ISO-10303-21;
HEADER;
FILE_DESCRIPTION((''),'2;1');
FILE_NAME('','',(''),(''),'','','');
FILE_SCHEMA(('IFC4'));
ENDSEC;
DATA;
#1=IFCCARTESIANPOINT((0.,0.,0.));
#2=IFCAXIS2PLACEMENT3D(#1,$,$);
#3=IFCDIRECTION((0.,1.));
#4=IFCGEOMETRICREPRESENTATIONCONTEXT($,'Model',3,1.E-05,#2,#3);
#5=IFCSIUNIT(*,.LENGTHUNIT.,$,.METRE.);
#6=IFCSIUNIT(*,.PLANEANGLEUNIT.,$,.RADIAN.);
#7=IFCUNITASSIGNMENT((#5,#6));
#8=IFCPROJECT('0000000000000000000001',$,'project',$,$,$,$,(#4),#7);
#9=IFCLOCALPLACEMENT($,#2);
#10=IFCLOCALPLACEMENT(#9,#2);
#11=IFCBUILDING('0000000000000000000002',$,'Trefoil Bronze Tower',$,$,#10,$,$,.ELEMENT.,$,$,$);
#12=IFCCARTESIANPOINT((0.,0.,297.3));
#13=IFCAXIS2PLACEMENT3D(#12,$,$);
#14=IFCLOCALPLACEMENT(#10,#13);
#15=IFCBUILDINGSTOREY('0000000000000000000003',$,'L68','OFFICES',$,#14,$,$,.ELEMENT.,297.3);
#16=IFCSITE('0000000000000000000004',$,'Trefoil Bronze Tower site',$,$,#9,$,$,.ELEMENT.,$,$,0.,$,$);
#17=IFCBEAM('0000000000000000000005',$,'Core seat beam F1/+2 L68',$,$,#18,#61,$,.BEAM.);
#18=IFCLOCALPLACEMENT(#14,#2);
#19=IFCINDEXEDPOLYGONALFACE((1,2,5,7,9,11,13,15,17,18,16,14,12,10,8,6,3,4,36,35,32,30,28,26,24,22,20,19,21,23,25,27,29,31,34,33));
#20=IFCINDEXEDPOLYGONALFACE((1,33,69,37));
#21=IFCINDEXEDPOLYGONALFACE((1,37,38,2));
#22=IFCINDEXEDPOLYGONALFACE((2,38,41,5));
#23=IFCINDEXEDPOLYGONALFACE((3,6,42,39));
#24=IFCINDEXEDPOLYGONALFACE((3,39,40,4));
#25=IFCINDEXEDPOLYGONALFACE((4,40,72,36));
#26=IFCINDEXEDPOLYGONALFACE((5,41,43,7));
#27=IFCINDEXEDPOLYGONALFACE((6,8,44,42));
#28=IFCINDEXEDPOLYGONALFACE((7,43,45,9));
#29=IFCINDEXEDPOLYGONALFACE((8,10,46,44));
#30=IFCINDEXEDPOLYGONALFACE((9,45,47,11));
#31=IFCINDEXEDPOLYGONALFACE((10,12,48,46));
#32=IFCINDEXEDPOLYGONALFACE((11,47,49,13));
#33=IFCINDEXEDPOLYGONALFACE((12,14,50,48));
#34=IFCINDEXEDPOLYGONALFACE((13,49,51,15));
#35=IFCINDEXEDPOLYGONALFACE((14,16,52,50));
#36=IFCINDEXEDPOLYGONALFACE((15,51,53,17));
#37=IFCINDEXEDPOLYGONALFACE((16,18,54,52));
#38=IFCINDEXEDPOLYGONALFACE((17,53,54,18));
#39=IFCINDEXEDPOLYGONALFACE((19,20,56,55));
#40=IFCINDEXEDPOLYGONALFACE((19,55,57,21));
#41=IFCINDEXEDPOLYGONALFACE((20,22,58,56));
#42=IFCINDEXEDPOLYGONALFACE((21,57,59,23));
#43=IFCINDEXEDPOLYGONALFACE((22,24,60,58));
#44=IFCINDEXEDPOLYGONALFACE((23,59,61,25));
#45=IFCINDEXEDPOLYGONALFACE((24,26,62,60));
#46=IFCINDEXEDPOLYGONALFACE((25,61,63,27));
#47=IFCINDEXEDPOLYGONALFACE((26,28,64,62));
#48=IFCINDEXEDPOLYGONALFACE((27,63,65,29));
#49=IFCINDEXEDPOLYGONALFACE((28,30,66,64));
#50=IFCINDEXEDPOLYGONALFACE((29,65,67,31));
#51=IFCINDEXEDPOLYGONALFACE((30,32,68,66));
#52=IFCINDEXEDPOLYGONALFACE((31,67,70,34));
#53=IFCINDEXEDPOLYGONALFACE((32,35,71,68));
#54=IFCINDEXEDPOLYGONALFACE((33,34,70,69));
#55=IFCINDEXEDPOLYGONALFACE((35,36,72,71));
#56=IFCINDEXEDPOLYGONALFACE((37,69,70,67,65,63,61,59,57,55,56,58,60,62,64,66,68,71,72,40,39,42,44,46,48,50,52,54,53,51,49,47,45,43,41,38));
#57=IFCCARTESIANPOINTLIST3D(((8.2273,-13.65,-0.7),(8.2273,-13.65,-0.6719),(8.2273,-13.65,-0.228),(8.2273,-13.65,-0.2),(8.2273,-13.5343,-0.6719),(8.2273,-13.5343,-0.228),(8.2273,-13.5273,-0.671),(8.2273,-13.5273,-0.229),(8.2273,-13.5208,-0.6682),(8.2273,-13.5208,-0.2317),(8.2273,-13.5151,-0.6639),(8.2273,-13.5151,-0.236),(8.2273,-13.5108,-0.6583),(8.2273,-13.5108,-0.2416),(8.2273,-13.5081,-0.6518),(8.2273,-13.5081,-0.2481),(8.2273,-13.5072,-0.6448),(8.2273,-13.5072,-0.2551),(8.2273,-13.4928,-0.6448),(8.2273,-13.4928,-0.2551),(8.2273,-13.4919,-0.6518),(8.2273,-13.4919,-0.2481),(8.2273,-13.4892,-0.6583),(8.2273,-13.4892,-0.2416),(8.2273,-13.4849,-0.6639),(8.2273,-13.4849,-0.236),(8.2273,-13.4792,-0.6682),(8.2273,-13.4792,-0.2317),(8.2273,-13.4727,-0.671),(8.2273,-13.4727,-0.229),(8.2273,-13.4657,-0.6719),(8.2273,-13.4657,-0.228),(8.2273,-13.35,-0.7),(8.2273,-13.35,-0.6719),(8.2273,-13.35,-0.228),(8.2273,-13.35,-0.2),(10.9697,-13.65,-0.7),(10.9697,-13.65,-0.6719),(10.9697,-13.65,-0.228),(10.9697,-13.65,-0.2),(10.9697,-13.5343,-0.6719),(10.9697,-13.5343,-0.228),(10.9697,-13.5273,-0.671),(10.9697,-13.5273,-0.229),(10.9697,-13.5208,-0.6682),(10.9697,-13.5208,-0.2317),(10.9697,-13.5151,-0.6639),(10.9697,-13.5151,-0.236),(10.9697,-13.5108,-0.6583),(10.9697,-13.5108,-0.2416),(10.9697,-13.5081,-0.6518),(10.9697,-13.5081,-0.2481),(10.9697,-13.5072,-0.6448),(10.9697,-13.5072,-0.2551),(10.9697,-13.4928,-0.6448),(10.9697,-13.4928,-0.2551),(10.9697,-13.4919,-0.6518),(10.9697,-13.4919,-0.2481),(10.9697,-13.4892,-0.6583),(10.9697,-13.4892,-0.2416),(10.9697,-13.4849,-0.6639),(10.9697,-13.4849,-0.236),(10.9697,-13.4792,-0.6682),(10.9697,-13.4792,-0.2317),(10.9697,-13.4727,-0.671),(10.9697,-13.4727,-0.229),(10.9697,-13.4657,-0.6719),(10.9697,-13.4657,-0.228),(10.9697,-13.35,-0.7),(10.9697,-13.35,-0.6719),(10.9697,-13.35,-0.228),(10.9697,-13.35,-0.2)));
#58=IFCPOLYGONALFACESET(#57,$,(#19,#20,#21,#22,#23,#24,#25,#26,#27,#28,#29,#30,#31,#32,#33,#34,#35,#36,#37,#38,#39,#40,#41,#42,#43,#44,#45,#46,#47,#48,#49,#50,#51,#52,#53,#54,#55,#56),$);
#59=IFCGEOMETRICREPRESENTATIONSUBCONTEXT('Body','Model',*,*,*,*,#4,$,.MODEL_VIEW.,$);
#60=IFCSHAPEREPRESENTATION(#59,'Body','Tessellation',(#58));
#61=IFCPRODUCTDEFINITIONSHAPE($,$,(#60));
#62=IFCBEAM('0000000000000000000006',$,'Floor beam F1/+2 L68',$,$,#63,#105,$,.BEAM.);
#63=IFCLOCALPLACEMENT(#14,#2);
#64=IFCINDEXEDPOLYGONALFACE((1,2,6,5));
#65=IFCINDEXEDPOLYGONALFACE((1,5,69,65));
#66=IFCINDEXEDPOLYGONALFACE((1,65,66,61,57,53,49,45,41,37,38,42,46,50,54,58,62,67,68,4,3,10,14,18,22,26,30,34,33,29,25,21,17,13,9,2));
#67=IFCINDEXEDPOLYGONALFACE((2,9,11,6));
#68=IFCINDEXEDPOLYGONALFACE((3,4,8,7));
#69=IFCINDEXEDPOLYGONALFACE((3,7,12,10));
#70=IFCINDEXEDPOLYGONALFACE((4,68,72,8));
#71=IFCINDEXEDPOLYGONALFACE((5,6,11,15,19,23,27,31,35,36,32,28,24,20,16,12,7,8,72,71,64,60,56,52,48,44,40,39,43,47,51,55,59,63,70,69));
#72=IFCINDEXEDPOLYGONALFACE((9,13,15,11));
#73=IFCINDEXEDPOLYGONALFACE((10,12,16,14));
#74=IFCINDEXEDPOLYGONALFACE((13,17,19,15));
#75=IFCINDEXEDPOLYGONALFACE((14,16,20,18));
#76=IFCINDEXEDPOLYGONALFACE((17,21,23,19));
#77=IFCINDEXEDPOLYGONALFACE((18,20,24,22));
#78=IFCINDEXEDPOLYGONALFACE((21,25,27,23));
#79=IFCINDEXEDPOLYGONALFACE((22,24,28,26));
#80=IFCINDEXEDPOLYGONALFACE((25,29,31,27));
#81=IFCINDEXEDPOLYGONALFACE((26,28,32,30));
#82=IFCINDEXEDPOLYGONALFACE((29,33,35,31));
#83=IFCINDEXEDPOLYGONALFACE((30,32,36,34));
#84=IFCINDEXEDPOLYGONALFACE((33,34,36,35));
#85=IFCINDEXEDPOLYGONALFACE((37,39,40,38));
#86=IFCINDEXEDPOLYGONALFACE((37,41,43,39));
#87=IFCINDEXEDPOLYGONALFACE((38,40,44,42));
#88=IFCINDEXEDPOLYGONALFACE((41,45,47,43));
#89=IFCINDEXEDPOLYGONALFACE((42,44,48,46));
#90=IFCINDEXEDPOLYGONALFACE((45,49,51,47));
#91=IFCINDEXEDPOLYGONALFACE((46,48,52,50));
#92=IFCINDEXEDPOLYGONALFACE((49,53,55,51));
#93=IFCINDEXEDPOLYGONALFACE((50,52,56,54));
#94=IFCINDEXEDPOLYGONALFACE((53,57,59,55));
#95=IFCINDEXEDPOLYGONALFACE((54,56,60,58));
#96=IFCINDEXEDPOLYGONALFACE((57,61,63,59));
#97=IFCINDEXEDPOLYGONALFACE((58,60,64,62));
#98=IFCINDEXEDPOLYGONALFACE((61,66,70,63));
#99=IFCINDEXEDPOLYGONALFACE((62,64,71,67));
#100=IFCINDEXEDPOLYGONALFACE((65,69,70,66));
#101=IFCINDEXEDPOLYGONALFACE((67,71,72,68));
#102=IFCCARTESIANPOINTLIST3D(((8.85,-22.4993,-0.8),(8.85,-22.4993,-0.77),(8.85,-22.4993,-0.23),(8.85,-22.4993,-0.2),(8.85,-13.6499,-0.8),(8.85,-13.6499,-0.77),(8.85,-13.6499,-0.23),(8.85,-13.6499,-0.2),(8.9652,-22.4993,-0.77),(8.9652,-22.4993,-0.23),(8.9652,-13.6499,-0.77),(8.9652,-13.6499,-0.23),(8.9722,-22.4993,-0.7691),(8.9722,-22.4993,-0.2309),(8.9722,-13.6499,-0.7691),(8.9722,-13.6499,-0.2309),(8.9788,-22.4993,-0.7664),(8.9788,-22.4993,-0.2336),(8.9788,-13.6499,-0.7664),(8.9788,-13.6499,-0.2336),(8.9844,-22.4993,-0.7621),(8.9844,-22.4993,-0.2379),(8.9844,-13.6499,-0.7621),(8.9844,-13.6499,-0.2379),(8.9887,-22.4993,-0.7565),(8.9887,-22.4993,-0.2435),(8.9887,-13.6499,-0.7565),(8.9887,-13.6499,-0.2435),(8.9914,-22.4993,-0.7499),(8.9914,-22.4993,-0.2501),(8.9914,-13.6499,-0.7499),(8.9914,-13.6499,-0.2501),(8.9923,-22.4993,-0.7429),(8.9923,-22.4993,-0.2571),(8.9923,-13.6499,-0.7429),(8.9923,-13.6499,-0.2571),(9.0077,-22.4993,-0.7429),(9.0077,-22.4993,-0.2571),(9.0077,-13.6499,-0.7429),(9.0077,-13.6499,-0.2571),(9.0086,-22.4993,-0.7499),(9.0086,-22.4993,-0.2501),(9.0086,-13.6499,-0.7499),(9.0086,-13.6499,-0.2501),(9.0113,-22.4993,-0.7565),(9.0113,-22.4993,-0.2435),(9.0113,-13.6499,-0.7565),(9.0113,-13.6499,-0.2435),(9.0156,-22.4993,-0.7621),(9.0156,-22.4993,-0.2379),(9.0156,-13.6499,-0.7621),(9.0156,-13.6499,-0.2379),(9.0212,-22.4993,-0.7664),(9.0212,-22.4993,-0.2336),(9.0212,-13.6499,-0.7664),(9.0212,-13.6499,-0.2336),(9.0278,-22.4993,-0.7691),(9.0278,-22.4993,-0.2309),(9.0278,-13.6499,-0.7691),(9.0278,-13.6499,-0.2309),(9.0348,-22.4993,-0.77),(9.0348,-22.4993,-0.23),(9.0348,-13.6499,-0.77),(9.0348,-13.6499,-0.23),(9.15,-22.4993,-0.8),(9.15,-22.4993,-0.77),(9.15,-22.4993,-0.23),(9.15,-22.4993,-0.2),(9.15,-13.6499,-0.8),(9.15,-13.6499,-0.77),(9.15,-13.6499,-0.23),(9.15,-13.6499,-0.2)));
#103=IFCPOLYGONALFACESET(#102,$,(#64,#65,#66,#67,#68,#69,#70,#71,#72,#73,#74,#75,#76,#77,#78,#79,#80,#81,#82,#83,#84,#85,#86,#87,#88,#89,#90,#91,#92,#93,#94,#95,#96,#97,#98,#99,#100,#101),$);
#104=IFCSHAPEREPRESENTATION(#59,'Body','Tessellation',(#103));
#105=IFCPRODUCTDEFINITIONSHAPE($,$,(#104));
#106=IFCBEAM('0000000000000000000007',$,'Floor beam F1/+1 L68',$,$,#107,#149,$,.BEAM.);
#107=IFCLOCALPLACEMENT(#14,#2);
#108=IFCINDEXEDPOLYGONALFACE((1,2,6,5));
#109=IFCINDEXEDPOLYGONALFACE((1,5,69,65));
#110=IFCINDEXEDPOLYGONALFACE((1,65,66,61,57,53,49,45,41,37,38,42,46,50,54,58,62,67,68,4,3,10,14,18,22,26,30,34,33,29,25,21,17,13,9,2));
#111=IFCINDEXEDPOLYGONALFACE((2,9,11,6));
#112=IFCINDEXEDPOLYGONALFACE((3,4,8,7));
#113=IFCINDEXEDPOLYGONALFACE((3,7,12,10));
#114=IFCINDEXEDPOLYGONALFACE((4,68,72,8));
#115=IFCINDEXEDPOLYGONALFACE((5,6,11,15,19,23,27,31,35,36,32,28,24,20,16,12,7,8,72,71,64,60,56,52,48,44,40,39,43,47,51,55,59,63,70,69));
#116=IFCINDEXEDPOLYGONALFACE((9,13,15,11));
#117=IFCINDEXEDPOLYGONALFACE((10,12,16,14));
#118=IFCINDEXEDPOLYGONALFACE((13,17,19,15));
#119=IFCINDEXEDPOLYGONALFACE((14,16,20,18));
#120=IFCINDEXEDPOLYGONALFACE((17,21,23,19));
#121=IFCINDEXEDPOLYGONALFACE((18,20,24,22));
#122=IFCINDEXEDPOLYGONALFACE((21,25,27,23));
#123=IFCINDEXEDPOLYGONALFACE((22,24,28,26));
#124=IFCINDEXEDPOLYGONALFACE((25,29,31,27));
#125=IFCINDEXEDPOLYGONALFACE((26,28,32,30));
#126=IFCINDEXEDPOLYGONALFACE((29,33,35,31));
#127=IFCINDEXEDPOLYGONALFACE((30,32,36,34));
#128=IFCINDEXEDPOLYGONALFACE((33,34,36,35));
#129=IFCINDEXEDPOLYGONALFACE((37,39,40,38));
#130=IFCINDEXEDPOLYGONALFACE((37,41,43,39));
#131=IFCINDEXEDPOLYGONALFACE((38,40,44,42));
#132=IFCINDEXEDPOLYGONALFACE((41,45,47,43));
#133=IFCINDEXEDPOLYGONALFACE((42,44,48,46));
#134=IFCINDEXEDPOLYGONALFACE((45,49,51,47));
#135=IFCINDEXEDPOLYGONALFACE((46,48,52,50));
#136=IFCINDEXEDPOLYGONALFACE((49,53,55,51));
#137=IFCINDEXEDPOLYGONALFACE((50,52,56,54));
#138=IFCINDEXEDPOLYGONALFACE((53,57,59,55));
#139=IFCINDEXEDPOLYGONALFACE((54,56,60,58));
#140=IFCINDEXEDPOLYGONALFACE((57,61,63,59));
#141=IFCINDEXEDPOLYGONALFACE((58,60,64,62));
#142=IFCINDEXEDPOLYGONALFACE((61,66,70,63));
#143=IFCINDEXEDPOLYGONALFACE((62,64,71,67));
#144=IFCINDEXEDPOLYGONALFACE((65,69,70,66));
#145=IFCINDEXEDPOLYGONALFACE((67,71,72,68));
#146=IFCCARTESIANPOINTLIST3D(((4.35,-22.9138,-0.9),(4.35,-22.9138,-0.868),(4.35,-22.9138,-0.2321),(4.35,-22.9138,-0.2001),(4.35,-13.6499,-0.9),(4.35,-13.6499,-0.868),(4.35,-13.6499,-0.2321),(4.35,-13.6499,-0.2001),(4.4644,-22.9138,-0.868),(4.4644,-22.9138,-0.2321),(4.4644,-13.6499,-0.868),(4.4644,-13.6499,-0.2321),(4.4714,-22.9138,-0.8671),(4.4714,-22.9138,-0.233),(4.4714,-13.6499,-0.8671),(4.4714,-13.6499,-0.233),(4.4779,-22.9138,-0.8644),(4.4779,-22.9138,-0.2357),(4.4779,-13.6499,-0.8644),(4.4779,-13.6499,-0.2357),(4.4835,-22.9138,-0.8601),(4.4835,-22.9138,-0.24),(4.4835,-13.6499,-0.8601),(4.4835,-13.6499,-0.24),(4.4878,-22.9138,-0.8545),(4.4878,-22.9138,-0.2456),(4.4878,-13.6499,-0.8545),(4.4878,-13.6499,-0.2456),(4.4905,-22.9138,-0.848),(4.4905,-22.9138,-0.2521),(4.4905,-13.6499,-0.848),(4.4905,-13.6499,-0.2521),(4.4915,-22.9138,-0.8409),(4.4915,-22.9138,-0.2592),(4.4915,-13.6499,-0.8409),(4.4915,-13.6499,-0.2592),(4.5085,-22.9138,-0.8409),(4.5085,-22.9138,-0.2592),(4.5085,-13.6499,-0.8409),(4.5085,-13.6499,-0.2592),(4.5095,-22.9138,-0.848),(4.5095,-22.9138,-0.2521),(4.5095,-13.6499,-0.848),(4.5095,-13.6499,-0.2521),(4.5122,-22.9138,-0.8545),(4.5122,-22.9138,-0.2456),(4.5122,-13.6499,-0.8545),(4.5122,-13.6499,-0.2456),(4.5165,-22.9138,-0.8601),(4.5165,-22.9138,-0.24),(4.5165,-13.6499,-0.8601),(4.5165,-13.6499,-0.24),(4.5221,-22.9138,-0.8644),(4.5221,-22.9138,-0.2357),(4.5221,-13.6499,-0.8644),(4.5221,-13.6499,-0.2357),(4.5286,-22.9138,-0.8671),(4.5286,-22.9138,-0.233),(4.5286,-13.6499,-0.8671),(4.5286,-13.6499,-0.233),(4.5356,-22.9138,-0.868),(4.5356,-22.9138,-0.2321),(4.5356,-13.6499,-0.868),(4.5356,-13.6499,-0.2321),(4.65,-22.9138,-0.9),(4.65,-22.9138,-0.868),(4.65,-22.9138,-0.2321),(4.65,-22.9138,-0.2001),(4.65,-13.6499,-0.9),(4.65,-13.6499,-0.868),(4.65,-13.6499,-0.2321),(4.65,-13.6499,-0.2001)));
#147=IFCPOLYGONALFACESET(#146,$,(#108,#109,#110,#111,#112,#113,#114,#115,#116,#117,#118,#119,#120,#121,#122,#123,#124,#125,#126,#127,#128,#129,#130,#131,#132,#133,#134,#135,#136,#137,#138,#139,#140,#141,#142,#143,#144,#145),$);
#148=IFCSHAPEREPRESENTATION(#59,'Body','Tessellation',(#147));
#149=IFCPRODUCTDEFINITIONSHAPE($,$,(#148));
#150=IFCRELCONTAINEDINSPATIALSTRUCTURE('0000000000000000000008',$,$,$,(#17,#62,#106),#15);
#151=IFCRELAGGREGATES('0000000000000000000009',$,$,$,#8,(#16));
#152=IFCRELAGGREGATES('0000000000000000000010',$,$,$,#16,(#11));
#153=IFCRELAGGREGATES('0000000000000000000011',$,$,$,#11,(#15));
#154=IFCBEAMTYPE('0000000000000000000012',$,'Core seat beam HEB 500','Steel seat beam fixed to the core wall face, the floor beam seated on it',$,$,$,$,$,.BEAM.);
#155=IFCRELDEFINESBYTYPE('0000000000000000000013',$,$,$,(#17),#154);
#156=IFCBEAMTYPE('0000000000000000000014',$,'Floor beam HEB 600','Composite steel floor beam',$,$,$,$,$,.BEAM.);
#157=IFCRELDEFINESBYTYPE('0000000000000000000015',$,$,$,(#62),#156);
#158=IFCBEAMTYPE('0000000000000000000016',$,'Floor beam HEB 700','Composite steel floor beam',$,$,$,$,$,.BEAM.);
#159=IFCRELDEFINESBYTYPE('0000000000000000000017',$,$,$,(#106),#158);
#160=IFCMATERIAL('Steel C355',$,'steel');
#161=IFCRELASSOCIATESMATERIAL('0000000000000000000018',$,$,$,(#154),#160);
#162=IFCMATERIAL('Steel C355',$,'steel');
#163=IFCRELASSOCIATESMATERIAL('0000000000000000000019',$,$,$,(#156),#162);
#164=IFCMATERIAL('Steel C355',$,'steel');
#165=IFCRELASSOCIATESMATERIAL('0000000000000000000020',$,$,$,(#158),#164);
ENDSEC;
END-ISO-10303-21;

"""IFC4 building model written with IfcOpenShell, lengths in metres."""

from ifc_helpers import new_model, si_unit, direction, frame, origin, origin_2d, place, context, subcontext, project, spatial, i_section, extrude, material, material_profile, profile_set, type_object, element, save


model = new_model("IFC4")

# Units and contexts
model_context = context("Model", 3, precision=1e-05, world=origin(), true_north=direction((0.0, 1.0)))
body_context = subcontext(model_context, "Body", "Model", "MODEL_VIEW")
ifc_project = project(units=[si_unit("LENGTHUNIT", "METRE"), si_unit("PLANEANGLEUNIT", "RADIAN")], contexts=[model_context])

# Site, building, storey
site_placement = place(None, origin())
site = spatial("IfcSite", under=ifc_project, at=site_placement, Name="Trefoil Bronze Tower site", CompositionType="ELEMENT", RefElevation=0.0)
building_placement = place(site_placement, origin())
building = spatial("IfcBuilding", under=site, at=building_placement, Name="Trefoil Bronze Tower", CompositionType="ELEMENT")
storey_placement = place(building_placement, frame((0.0, 0.0, 297.3)))
storey = spatial("IfcBuildingStorey", under=building, at=storey_placement, Name="L68", Description="OFFICES", CompositionType="ELEMENT", Elevation=297.3)

# Beams
ifc_material_1 = material(Name="Steel C355", Category="steel")
ifc_material_profile_1 = material_profile(ifc_material_1, i_section(OverallWidth=0.3, OverallDepth=0.5, WebThickness=0.0144, FlangeThickness=0.0281, FilletRadius=0.0271, at=origin_2d()), Name="HEB 500")
ifc_profile_set_1 = profile_set([ifc_material_profile_1], Name="Steel C355")
beam_type_1 = type_object("IfcBeamType", Name="Core seat beam HEB 500", Description="Steel seat beam fixed to the core wall face, the floor beam seated on it", PredefinedType="BEAM", material=ifc_profile_set_1)
for number, where, z_axis, x_axis, name in (
    (1, (8.2273, -13.5, -0.45), (1.0, 0.0, 0.0), (0.0, 1.0, 0.0), "Core seat beam F1/+2 L68"),
):
    element("IfcBeam", number, at=place(storey_placement, frame(where, z_axis=z_axis, x_axis=x_axis)), inside=storey, type_object=beam_type_1, Name=name, PredefinedType="BEAM", context=body_context, shape_type="SweptSolid", body=[
        extrude(i_section(OverallWidth=0.3, OverallDepth=0.5, WebThickness=0.0144, FlangeThickness=0.0281, FilletRadius=0.0271, at=origin_2d()), origin(), (0.0, 0.0, 1.0), 2.7424),
    ])
ifc_material_2 = material(Name="Steel C355", Category="steel")
ifc_material_profile_2 = material_profile(ifc_material_2, i_section(OverallWidth=0.3, OverallDepth=0.6001, WebThickness=0.0154, FlangeThickness=0.03, FilletRadius=0.0271, at=origin_2d()), Name="HEB 600")
ifc_profile_set_2 = profile_set([ifc_material_profile_2], Name="Steel C355")
beam_type_2 = type_object("IfcBeamType", Name="Floor beam HEB 600", Description="Composite steel floor beam", PredefinedType="BEAM", material=ifc_profile_set_2)
beam_1_placement = place(storey_placement, frame((9.0, -22.4993, -0.5), z_axis=(0.0, 1.0, 0.0), x_axis=(-1.0, 0.0, 0.0)))
element("IfcBeam", 2, at=beam_1_placement, inside=storey, type_object=beam_type_2, Name="Floor beam F1/+2 L68", PredefinedType="BEAM", context=body_context, shape_type="SweptSolid", body=[
    extrude(i_section(OverallWidth=0.3, OverallDepth=0.6001, WebThickness=0.0154, FlangeThickness=0.03, FilletRadius=0.0271, at=origin_2d()), origin(), (0.0, 0.0, 1.0), 8.8494),
])
ifc_material_3 = material(Name="Steel C355", Category="steel")
ifc_material_profile_3 = material_profile(ifc_material_3, i_section(OverallWidth=0.3, OverallDepth=0.7, WebThickness=0.0171, FlangeThickness=0.032, FilletRadius=0.0271, at=origin_2d()), Name="HEB 700")
ifc_profile_set_3 = profile_set([ifc_material_profile_3], Name="Steel C355")
beam_type_3 = type_object("IfcBeamType", Name="Floor beam HEB 700", Description="Composite steel floor beam", PredefinedType="BEAM", material=ifc_profile_set_3)
beam_2_placement = place(storey_placement, frame((4.5, -22.9138, -0.55), z_axis=(0.0, 1.0, 0.0), x_axis=(-1.0, 0.0, 0.0)))
element("IfcBeam", 3, at=beam_2_placement, inside=storey, type_object=beam_type_3, Name="Floor beam F1/+1 L68", PredefinedType="BEAM", context=body_context, shape_type="SweptSolid", body=[
    extrude(i_section(OverallWidth=0.3, OverallDepth=0.7, WebThickness=0.0171, FlangeThickness=0.032, FilletRadius=0.0271, at=origin_2d()), origin(), (0.0, 0.0, 1.0), 9.2639),
])

save(model, "model.ifc")
